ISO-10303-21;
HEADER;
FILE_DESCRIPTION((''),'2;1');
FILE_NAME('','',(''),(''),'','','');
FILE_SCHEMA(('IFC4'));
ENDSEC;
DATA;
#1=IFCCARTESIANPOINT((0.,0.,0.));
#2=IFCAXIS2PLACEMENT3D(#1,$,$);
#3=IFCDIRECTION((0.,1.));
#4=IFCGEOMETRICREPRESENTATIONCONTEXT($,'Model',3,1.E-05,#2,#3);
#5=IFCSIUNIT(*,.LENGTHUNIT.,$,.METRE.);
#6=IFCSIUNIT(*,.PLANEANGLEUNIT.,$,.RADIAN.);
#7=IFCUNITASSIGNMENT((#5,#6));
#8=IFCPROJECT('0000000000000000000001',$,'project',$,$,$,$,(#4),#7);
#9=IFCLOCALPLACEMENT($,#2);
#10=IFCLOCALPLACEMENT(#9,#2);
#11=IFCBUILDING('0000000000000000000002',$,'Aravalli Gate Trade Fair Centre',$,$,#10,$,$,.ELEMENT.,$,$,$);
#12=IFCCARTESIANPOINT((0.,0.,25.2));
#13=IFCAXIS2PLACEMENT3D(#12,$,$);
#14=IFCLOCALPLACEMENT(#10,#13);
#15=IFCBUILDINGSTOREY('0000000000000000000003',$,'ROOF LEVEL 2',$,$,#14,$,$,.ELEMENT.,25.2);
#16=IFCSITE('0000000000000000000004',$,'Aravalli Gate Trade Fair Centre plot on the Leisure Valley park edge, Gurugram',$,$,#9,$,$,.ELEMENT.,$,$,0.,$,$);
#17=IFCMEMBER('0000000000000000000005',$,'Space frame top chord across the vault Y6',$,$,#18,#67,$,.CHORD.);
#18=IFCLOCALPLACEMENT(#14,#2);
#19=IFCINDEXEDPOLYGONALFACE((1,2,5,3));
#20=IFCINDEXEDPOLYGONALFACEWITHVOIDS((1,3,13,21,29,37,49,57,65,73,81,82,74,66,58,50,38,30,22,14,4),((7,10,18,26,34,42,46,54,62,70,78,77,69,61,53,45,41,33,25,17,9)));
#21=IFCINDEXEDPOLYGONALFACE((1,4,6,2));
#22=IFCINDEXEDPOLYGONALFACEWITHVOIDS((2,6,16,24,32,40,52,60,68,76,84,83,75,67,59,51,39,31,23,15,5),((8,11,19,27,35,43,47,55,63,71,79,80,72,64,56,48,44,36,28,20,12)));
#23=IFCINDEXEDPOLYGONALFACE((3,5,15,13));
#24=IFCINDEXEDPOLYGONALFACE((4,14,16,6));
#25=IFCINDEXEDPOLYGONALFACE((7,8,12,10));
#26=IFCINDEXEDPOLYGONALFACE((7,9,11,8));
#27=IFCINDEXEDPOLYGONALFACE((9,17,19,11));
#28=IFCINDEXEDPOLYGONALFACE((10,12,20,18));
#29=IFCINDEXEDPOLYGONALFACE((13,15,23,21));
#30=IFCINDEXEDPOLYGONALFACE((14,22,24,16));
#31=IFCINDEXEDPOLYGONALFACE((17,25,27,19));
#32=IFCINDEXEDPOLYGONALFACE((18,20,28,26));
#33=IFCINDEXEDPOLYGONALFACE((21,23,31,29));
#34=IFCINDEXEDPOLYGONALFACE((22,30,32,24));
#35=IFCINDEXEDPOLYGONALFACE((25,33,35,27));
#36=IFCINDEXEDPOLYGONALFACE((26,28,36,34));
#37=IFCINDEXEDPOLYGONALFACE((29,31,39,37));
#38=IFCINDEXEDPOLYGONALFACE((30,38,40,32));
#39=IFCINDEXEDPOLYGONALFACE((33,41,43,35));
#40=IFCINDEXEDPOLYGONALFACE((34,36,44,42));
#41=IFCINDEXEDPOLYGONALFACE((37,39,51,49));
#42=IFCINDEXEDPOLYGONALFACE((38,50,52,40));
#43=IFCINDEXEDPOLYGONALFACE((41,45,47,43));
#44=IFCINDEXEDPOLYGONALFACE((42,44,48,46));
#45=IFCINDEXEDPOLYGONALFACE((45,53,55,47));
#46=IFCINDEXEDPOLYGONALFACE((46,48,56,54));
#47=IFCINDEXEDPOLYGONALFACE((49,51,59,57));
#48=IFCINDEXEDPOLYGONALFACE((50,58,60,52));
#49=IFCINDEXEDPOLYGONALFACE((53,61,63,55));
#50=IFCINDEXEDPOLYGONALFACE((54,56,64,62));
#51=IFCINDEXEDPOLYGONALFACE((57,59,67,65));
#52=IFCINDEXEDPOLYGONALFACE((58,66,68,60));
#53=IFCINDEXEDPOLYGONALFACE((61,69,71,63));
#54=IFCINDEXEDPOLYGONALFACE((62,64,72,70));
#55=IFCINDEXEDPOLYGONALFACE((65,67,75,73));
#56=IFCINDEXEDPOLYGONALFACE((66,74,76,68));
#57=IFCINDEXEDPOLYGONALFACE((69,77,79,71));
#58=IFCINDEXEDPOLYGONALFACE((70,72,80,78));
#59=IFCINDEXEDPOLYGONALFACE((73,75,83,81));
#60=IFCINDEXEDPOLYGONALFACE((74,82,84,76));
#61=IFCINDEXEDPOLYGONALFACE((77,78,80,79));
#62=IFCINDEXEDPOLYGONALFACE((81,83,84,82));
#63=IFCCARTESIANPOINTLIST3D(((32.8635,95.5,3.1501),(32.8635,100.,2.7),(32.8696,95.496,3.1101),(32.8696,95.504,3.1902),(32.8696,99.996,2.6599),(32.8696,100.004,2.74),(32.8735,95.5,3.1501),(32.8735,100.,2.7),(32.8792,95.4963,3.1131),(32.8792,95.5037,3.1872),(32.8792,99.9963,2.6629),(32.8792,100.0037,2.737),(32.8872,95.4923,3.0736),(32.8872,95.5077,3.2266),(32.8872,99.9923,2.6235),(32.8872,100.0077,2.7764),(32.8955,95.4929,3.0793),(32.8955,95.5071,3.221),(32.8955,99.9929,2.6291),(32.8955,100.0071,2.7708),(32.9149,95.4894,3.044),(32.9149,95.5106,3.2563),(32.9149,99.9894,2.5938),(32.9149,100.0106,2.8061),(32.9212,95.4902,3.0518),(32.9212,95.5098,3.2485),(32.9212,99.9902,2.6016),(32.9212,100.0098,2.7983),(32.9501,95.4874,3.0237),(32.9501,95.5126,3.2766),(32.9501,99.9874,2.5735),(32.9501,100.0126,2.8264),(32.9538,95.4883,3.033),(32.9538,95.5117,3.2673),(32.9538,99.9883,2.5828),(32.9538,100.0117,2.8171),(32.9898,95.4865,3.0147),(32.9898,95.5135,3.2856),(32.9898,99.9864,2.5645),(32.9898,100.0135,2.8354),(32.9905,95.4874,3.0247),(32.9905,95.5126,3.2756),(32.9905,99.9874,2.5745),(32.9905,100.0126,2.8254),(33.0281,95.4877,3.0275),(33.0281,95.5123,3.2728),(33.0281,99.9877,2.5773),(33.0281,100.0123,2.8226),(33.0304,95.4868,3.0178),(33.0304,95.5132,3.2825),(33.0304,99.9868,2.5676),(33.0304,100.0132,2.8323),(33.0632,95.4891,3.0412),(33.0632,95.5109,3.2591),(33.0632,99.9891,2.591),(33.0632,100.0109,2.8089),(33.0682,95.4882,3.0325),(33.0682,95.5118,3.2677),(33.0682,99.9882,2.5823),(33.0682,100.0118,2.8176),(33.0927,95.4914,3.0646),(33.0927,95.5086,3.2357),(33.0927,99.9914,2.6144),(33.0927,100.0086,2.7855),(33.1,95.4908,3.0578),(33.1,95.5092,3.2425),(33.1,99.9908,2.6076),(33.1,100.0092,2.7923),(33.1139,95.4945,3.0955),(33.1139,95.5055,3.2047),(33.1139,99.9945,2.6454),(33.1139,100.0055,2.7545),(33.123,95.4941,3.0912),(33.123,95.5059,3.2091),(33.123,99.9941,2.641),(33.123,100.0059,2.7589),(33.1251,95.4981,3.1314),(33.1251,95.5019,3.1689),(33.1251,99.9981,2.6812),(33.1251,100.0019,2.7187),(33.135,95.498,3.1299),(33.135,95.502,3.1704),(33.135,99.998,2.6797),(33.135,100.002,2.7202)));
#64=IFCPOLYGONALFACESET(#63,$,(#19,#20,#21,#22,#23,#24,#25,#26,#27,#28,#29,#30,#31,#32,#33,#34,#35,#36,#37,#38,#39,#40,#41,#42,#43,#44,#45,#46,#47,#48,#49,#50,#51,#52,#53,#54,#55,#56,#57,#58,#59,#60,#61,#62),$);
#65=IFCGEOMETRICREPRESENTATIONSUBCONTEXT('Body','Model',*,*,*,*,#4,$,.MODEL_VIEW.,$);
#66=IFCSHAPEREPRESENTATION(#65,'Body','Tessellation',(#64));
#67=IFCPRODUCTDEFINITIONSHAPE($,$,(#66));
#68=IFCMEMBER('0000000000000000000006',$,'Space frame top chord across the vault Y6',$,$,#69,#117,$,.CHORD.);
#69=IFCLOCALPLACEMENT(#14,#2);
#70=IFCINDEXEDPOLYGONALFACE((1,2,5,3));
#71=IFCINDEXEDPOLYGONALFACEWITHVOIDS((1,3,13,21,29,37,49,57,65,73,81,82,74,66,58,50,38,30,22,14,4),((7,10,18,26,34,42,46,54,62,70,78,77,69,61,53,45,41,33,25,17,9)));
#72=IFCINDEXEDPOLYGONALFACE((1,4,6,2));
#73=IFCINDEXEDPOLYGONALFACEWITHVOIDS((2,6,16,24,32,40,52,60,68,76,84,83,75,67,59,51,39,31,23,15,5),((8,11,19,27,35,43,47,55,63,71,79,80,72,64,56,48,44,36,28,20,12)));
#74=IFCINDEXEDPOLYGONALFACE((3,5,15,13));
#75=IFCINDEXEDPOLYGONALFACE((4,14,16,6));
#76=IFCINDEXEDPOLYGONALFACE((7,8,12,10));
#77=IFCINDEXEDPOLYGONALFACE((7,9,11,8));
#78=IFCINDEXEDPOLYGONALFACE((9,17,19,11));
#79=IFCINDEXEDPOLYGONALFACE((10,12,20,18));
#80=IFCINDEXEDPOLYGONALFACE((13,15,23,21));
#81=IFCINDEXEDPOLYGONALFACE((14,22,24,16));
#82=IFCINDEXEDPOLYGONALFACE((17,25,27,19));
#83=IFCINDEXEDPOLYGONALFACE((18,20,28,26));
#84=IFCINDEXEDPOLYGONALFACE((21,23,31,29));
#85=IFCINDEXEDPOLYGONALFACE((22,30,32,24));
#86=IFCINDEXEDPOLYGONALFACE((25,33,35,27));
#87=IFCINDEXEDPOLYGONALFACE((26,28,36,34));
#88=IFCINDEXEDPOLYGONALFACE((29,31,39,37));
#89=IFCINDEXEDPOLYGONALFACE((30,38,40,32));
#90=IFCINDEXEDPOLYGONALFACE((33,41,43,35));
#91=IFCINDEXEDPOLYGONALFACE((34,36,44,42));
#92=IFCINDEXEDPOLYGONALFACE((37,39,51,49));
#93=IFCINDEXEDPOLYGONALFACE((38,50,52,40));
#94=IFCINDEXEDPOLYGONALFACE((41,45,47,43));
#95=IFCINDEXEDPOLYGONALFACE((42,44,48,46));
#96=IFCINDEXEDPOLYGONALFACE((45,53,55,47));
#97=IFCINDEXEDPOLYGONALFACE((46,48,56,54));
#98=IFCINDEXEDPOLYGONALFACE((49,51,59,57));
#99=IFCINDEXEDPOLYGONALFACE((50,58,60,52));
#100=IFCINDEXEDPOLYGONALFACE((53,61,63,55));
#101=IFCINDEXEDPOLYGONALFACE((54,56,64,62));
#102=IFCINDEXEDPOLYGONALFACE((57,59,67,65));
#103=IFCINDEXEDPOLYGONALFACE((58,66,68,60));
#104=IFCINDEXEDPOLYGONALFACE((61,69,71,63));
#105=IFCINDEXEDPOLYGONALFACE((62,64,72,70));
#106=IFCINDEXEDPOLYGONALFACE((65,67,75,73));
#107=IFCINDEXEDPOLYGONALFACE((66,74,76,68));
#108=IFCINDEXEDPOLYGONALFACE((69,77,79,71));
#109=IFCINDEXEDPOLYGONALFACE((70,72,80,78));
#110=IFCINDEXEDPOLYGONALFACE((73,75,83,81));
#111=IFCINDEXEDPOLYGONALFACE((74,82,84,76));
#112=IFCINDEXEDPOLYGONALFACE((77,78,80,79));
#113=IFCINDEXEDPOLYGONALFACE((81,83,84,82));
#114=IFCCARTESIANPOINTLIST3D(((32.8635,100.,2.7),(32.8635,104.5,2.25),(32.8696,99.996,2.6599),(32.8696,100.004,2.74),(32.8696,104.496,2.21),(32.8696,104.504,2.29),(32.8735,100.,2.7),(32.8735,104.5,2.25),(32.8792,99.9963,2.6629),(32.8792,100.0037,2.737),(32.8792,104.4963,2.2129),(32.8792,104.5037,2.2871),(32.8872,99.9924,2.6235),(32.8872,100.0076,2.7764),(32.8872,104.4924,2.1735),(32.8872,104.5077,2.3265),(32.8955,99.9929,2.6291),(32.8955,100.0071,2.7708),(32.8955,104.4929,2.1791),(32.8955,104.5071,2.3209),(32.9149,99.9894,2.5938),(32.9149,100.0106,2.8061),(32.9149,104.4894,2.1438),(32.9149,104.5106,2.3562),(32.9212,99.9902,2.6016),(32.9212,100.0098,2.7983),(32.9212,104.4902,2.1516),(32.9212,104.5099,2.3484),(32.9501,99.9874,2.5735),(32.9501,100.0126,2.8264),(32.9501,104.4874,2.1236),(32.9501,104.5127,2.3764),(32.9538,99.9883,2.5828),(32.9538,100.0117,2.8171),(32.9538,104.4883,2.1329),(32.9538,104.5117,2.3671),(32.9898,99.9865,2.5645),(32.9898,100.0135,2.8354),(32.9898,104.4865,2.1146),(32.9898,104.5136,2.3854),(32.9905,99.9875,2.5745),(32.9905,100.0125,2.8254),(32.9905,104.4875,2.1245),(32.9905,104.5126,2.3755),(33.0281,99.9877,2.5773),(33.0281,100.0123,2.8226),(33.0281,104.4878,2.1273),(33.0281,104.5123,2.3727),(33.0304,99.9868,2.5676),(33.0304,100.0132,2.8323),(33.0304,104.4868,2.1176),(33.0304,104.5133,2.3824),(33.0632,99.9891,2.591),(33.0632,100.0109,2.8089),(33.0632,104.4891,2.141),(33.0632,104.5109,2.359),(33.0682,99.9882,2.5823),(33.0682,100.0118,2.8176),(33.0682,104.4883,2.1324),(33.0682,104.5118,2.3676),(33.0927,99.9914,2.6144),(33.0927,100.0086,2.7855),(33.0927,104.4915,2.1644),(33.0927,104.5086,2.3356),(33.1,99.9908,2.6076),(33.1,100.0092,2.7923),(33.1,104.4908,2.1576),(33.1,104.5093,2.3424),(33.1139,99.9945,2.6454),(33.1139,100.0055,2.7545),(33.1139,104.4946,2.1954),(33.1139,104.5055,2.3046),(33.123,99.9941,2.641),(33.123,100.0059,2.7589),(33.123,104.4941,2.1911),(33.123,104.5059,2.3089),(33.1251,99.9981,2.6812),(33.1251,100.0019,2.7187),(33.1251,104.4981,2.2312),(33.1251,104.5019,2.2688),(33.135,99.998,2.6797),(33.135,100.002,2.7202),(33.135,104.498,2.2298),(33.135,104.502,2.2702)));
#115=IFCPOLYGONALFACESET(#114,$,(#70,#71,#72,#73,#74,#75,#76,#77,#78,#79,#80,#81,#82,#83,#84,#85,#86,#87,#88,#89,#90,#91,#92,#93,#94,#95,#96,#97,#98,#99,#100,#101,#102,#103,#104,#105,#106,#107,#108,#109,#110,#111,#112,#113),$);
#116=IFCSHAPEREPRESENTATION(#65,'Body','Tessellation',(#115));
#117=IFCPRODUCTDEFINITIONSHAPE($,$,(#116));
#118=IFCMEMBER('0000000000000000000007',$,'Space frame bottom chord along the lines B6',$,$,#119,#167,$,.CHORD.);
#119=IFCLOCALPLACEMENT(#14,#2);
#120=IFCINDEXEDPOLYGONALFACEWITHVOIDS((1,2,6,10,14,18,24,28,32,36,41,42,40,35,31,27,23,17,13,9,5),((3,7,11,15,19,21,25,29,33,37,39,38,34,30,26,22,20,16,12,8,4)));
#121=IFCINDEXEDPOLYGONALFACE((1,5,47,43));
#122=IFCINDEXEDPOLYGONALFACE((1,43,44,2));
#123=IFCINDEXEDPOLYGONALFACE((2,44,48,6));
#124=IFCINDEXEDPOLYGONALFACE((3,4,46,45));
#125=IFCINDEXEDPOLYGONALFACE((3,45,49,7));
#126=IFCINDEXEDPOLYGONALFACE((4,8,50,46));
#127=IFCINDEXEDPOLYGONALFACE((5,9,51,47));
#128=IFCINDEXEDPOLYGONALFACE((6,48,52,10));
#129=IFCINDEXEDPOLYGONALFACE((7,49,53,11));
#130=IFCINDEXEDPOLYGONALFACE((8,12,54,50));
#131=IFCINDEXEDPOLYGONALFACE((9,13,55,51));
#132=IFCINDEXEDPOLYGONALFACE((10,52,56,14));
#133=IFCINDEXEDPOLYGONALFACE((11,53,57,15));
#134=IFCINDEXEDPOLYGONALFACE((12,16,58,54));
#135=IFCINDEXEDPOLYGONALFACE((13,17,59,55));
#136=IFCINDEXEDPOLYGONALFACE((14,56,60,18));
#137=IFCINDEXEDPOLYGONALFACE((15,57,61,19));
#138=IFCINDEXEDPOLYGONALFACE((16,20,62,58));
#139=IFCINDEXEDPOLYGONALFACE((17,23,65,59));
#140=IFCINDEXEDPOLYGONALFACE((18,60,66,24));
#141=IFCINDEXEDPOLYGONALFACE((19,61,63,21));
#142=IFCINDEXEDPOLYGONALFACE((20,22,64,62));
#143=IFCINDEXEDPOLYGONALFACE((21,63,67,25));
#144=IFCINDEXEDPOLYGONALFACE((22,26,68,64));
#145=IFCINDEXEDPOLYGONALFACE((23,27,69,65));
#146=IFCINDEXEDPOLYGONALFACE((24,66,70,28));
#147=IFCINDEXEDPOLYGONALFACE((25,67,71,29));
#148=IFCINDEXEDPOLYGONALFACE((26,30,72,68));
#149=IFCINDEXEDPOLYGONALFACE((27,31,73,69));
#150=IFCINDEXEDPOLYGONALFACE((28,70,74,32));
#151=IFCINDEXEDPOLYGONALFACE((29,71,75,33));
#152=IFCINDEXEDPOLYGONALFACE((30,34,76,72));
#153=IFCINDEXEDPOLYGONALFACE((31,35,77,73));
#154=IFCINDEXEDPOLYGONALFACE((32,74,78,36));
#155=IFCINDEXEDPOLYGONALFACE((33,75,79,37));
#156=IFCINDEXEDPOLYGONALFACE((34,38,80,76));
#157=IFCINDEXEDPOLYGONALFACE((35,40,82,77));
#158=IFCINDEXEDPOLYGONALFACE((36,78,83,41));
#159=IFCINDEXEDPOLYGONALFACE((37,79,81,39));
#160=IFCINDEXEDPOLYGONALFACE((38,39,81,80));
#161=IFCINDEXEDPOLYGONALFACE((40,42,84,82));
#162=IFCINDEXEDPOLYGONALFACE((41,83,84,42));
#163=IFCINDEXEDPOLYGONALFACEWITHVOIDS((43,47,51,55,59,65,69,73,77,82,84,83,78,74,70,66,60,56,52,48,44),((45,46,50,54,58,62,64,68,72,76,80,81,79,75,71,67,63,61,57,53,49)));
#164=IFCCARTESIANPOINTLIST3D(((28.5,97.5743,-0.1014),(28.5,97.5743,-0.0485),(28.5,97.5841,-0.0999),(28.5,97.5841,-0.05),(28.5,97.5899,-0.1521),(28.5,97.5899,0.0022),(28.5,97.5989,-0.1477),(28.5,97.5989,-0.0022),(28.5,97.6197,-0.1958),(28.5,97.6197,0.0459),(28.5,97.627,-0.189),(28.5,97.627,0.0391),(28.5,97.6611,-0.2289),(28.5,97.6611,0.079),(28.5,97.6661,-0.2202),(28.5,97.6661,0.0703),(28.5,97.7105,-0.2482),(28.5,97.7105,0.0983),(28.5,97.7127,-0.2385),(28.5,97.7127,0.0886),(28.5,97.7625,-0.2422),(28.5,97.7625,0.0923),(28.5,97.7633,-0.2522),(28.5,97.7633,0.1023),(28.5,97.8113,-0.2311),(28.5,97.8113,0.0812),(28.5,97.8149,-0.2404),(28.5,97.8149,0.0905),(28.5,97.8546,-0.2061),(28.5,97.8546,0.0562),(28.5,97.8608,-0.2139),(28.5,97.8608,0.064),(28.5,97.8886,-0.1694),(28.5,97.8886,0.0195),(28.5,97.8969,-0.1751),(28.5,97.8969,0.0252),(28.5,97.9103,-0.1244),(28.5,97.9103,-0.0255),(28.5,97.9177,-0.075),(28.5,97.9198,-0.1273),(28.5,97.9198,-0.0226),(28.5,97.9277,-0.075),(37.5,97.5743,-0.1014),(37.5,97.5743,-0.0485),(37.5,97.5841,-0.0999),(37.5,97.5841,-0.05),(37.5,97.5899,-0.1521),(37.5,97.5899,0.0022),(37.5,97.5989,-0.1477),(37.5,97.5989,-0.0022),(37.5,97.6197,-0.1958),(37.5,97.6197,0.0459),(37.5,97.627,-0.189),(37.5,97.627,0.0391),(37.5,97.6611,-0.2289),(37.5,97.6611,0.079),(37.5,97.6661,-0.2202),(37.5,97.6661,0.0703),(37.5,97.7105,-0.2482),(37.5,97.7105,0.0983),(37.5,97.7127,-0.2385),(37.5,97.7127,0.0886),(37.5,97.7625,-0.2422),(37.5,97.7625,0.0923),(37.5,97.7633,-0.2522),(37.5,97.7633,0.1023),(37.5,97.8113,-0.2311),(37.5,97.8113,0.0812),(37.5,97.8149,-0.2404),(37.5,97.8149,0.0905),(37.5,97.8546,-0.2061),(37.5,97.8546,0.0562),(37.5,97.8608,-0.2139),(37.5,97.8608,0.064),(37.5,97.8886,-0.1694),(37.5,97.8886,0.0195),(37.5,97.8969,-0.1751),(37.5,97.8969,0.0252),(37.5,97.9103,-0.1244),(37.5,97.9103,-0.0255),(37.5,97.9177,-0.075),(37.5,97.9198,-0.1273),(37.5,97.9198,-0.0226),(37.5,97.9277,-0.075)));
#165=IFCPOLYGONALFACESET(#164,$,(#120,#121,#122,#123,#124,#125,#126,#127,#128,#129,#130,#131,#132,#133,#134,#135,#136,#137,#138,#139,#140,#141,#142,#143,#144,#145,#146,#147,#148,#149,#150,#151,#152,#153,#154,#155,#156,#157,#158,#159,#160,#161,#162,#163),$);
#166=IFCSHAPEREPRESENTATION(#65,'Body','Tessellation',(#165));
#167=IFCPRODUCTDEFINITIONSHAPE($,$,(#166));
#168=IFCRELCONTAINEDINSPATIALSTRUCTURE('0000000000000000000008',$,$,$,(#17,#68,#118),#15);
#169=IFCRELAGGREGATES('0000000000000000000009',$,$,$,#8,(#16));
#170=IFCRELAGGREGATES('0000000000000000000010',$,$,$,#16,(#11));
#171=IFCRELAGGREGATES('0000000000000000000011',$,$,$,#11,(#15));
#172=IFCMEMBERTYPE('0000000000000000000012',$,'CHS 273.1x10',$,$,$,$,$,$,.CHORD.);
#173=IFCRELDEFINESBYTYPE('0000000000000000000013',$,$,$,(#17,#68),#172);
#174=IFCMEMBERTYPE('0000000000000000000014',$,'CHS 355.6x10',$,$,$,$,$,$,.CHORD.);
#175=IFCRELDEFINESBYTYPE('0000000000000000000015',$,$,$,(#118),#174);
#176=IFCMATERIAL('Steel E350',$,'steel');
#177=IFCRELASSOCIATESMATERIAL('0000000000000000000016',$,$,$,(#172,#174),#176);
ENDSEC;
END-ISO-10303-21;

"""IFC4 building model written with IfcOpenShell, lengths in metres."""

from ifc_helpers import new_model, si_unit, direction, frame, origin, origin_2d, place, context, subcontext, project, spatial, hollow_circle, extrude, material, material_profile, profile_set, type_object, element, save


model = new_model("IFC4")

# Units and contexts
model_context = context("Model", 3, precision=1e-05, world=origin(), true_north=direction((0.0, 1.0)))
body_context = subcontext(model_context, "Body", "Model", "MODEL_VIEW")
ifc_project = project(units=[si_unit("LENGTHUNIT", "METRE"), si_unit("PLANEANGLEUNIT", "RADIAN")], contexts=[model_context])

# Site, building, storey
site_placement = place(None, origin())
site = spatial("IfcSite", under=ifc_project, at=site_placement, Name="Aravalli Gate Trade Fair Centre plot on the Leisure Valley park edge, Gurugram", CompositionType="ELEMENT", RefElevation=0.0)
building_placement = place(site_placement, origin())
building = spatial("IfcBuilding", under=site, at=building_placement, Name="Aravalli Gate Trade Fair Centre", CompositionType="ELEMENT")
storey_placement = place(building_placement, frame((0.0, 0.0, 25.2)))
storey = spatial("IfcBuildingStorey", under=building, at=storey_placement, Name="ROOF LEVEL 2", CompositionType="ELEMENT", Elevation=25.2)

# Members
ifc_material_1 = material(Name="Steel E350", Category="steel")
ifc_material_profile_1 = material_profile(ifc_material_1, hollow_circle(Radius=0.1365, WallThickness=0.01, at=origin_2d()), Name="CHS 273.1x10")
ifc_profile_set_1 = profile_set([ifc_material_profile_1], Name="Steel E350")
member_type_1 = type_object("IfcMemberType", Name="CHS 273.1x10", PredefinedType="CHORD", material=ifc_profile_set_1)
for number, where, z_axis, x_axis, name in (
    (1, (33.0, 95.5, 3.1501), (0.0, 0.995033, -0.099546), (-1.0, 0.0, 0.0), "Space frame top chord across the vault Y6"),
    (2, (33.0, 100.0, 2.7), (0.0, 0.995038, -0.099493), (-1.0, 0.0, 0.0), "Space frame top chord across the vault Y6"),
):
    element("IfcMember", number, at=place(storey_placement, frame(where, z_axis=z_axis, x_axis=x_axis)), inside=storey, type_object=member_type_1, Name=name, PredefinedType="CHORD", context=body_context, shape_type="SweptSolid", body=[
        extrude(hollow_circle(Radius=0.1365, WallThickness=0.01, at=origin_2d()), origin(), (0.0, 0.0, 1.0), 4.5225),
    ])
ifc_material_profile_2 = material_profile(ifc_material_1, hollow_circle(Radius=0.1777, WallThickness=0.01, at=origin_2d()), Name="CHS 355.6x10")
ifc_profile_set_2 = profile_set([ifc_material_profile_2], Name="Steel E350")
member_type_2 = type_object("IfcMemberType", Name="CHS 355.6x10", PredefinedType="CHORD", material=ifc_profile_set_2)
for number, where, z_axis, x_axis, name in (
    (3, (28.5, 97.75, -0.075), (1.0, 0.0, 0.0), (0.0, 1.0, 0.0), "Space frame bottom chord along the lines B6"),
):
    element("IfcMember", number, at=place(storey_placement, frame(where, z_axis=z_axis, x_axis=x_axis)), inside=storey, type_object=member_type_2, Name=name, PredefinedType="CHORD", context=body_context, shape_type="SweptSolid", body=[
        extrude(hollow_circle(Radius=0.1777, WallThickness=0.01, at=origin_2d()), origin(), (0.0, 0.0, 1.0), 9.0),
    ])

save(model, "model.ifc")
